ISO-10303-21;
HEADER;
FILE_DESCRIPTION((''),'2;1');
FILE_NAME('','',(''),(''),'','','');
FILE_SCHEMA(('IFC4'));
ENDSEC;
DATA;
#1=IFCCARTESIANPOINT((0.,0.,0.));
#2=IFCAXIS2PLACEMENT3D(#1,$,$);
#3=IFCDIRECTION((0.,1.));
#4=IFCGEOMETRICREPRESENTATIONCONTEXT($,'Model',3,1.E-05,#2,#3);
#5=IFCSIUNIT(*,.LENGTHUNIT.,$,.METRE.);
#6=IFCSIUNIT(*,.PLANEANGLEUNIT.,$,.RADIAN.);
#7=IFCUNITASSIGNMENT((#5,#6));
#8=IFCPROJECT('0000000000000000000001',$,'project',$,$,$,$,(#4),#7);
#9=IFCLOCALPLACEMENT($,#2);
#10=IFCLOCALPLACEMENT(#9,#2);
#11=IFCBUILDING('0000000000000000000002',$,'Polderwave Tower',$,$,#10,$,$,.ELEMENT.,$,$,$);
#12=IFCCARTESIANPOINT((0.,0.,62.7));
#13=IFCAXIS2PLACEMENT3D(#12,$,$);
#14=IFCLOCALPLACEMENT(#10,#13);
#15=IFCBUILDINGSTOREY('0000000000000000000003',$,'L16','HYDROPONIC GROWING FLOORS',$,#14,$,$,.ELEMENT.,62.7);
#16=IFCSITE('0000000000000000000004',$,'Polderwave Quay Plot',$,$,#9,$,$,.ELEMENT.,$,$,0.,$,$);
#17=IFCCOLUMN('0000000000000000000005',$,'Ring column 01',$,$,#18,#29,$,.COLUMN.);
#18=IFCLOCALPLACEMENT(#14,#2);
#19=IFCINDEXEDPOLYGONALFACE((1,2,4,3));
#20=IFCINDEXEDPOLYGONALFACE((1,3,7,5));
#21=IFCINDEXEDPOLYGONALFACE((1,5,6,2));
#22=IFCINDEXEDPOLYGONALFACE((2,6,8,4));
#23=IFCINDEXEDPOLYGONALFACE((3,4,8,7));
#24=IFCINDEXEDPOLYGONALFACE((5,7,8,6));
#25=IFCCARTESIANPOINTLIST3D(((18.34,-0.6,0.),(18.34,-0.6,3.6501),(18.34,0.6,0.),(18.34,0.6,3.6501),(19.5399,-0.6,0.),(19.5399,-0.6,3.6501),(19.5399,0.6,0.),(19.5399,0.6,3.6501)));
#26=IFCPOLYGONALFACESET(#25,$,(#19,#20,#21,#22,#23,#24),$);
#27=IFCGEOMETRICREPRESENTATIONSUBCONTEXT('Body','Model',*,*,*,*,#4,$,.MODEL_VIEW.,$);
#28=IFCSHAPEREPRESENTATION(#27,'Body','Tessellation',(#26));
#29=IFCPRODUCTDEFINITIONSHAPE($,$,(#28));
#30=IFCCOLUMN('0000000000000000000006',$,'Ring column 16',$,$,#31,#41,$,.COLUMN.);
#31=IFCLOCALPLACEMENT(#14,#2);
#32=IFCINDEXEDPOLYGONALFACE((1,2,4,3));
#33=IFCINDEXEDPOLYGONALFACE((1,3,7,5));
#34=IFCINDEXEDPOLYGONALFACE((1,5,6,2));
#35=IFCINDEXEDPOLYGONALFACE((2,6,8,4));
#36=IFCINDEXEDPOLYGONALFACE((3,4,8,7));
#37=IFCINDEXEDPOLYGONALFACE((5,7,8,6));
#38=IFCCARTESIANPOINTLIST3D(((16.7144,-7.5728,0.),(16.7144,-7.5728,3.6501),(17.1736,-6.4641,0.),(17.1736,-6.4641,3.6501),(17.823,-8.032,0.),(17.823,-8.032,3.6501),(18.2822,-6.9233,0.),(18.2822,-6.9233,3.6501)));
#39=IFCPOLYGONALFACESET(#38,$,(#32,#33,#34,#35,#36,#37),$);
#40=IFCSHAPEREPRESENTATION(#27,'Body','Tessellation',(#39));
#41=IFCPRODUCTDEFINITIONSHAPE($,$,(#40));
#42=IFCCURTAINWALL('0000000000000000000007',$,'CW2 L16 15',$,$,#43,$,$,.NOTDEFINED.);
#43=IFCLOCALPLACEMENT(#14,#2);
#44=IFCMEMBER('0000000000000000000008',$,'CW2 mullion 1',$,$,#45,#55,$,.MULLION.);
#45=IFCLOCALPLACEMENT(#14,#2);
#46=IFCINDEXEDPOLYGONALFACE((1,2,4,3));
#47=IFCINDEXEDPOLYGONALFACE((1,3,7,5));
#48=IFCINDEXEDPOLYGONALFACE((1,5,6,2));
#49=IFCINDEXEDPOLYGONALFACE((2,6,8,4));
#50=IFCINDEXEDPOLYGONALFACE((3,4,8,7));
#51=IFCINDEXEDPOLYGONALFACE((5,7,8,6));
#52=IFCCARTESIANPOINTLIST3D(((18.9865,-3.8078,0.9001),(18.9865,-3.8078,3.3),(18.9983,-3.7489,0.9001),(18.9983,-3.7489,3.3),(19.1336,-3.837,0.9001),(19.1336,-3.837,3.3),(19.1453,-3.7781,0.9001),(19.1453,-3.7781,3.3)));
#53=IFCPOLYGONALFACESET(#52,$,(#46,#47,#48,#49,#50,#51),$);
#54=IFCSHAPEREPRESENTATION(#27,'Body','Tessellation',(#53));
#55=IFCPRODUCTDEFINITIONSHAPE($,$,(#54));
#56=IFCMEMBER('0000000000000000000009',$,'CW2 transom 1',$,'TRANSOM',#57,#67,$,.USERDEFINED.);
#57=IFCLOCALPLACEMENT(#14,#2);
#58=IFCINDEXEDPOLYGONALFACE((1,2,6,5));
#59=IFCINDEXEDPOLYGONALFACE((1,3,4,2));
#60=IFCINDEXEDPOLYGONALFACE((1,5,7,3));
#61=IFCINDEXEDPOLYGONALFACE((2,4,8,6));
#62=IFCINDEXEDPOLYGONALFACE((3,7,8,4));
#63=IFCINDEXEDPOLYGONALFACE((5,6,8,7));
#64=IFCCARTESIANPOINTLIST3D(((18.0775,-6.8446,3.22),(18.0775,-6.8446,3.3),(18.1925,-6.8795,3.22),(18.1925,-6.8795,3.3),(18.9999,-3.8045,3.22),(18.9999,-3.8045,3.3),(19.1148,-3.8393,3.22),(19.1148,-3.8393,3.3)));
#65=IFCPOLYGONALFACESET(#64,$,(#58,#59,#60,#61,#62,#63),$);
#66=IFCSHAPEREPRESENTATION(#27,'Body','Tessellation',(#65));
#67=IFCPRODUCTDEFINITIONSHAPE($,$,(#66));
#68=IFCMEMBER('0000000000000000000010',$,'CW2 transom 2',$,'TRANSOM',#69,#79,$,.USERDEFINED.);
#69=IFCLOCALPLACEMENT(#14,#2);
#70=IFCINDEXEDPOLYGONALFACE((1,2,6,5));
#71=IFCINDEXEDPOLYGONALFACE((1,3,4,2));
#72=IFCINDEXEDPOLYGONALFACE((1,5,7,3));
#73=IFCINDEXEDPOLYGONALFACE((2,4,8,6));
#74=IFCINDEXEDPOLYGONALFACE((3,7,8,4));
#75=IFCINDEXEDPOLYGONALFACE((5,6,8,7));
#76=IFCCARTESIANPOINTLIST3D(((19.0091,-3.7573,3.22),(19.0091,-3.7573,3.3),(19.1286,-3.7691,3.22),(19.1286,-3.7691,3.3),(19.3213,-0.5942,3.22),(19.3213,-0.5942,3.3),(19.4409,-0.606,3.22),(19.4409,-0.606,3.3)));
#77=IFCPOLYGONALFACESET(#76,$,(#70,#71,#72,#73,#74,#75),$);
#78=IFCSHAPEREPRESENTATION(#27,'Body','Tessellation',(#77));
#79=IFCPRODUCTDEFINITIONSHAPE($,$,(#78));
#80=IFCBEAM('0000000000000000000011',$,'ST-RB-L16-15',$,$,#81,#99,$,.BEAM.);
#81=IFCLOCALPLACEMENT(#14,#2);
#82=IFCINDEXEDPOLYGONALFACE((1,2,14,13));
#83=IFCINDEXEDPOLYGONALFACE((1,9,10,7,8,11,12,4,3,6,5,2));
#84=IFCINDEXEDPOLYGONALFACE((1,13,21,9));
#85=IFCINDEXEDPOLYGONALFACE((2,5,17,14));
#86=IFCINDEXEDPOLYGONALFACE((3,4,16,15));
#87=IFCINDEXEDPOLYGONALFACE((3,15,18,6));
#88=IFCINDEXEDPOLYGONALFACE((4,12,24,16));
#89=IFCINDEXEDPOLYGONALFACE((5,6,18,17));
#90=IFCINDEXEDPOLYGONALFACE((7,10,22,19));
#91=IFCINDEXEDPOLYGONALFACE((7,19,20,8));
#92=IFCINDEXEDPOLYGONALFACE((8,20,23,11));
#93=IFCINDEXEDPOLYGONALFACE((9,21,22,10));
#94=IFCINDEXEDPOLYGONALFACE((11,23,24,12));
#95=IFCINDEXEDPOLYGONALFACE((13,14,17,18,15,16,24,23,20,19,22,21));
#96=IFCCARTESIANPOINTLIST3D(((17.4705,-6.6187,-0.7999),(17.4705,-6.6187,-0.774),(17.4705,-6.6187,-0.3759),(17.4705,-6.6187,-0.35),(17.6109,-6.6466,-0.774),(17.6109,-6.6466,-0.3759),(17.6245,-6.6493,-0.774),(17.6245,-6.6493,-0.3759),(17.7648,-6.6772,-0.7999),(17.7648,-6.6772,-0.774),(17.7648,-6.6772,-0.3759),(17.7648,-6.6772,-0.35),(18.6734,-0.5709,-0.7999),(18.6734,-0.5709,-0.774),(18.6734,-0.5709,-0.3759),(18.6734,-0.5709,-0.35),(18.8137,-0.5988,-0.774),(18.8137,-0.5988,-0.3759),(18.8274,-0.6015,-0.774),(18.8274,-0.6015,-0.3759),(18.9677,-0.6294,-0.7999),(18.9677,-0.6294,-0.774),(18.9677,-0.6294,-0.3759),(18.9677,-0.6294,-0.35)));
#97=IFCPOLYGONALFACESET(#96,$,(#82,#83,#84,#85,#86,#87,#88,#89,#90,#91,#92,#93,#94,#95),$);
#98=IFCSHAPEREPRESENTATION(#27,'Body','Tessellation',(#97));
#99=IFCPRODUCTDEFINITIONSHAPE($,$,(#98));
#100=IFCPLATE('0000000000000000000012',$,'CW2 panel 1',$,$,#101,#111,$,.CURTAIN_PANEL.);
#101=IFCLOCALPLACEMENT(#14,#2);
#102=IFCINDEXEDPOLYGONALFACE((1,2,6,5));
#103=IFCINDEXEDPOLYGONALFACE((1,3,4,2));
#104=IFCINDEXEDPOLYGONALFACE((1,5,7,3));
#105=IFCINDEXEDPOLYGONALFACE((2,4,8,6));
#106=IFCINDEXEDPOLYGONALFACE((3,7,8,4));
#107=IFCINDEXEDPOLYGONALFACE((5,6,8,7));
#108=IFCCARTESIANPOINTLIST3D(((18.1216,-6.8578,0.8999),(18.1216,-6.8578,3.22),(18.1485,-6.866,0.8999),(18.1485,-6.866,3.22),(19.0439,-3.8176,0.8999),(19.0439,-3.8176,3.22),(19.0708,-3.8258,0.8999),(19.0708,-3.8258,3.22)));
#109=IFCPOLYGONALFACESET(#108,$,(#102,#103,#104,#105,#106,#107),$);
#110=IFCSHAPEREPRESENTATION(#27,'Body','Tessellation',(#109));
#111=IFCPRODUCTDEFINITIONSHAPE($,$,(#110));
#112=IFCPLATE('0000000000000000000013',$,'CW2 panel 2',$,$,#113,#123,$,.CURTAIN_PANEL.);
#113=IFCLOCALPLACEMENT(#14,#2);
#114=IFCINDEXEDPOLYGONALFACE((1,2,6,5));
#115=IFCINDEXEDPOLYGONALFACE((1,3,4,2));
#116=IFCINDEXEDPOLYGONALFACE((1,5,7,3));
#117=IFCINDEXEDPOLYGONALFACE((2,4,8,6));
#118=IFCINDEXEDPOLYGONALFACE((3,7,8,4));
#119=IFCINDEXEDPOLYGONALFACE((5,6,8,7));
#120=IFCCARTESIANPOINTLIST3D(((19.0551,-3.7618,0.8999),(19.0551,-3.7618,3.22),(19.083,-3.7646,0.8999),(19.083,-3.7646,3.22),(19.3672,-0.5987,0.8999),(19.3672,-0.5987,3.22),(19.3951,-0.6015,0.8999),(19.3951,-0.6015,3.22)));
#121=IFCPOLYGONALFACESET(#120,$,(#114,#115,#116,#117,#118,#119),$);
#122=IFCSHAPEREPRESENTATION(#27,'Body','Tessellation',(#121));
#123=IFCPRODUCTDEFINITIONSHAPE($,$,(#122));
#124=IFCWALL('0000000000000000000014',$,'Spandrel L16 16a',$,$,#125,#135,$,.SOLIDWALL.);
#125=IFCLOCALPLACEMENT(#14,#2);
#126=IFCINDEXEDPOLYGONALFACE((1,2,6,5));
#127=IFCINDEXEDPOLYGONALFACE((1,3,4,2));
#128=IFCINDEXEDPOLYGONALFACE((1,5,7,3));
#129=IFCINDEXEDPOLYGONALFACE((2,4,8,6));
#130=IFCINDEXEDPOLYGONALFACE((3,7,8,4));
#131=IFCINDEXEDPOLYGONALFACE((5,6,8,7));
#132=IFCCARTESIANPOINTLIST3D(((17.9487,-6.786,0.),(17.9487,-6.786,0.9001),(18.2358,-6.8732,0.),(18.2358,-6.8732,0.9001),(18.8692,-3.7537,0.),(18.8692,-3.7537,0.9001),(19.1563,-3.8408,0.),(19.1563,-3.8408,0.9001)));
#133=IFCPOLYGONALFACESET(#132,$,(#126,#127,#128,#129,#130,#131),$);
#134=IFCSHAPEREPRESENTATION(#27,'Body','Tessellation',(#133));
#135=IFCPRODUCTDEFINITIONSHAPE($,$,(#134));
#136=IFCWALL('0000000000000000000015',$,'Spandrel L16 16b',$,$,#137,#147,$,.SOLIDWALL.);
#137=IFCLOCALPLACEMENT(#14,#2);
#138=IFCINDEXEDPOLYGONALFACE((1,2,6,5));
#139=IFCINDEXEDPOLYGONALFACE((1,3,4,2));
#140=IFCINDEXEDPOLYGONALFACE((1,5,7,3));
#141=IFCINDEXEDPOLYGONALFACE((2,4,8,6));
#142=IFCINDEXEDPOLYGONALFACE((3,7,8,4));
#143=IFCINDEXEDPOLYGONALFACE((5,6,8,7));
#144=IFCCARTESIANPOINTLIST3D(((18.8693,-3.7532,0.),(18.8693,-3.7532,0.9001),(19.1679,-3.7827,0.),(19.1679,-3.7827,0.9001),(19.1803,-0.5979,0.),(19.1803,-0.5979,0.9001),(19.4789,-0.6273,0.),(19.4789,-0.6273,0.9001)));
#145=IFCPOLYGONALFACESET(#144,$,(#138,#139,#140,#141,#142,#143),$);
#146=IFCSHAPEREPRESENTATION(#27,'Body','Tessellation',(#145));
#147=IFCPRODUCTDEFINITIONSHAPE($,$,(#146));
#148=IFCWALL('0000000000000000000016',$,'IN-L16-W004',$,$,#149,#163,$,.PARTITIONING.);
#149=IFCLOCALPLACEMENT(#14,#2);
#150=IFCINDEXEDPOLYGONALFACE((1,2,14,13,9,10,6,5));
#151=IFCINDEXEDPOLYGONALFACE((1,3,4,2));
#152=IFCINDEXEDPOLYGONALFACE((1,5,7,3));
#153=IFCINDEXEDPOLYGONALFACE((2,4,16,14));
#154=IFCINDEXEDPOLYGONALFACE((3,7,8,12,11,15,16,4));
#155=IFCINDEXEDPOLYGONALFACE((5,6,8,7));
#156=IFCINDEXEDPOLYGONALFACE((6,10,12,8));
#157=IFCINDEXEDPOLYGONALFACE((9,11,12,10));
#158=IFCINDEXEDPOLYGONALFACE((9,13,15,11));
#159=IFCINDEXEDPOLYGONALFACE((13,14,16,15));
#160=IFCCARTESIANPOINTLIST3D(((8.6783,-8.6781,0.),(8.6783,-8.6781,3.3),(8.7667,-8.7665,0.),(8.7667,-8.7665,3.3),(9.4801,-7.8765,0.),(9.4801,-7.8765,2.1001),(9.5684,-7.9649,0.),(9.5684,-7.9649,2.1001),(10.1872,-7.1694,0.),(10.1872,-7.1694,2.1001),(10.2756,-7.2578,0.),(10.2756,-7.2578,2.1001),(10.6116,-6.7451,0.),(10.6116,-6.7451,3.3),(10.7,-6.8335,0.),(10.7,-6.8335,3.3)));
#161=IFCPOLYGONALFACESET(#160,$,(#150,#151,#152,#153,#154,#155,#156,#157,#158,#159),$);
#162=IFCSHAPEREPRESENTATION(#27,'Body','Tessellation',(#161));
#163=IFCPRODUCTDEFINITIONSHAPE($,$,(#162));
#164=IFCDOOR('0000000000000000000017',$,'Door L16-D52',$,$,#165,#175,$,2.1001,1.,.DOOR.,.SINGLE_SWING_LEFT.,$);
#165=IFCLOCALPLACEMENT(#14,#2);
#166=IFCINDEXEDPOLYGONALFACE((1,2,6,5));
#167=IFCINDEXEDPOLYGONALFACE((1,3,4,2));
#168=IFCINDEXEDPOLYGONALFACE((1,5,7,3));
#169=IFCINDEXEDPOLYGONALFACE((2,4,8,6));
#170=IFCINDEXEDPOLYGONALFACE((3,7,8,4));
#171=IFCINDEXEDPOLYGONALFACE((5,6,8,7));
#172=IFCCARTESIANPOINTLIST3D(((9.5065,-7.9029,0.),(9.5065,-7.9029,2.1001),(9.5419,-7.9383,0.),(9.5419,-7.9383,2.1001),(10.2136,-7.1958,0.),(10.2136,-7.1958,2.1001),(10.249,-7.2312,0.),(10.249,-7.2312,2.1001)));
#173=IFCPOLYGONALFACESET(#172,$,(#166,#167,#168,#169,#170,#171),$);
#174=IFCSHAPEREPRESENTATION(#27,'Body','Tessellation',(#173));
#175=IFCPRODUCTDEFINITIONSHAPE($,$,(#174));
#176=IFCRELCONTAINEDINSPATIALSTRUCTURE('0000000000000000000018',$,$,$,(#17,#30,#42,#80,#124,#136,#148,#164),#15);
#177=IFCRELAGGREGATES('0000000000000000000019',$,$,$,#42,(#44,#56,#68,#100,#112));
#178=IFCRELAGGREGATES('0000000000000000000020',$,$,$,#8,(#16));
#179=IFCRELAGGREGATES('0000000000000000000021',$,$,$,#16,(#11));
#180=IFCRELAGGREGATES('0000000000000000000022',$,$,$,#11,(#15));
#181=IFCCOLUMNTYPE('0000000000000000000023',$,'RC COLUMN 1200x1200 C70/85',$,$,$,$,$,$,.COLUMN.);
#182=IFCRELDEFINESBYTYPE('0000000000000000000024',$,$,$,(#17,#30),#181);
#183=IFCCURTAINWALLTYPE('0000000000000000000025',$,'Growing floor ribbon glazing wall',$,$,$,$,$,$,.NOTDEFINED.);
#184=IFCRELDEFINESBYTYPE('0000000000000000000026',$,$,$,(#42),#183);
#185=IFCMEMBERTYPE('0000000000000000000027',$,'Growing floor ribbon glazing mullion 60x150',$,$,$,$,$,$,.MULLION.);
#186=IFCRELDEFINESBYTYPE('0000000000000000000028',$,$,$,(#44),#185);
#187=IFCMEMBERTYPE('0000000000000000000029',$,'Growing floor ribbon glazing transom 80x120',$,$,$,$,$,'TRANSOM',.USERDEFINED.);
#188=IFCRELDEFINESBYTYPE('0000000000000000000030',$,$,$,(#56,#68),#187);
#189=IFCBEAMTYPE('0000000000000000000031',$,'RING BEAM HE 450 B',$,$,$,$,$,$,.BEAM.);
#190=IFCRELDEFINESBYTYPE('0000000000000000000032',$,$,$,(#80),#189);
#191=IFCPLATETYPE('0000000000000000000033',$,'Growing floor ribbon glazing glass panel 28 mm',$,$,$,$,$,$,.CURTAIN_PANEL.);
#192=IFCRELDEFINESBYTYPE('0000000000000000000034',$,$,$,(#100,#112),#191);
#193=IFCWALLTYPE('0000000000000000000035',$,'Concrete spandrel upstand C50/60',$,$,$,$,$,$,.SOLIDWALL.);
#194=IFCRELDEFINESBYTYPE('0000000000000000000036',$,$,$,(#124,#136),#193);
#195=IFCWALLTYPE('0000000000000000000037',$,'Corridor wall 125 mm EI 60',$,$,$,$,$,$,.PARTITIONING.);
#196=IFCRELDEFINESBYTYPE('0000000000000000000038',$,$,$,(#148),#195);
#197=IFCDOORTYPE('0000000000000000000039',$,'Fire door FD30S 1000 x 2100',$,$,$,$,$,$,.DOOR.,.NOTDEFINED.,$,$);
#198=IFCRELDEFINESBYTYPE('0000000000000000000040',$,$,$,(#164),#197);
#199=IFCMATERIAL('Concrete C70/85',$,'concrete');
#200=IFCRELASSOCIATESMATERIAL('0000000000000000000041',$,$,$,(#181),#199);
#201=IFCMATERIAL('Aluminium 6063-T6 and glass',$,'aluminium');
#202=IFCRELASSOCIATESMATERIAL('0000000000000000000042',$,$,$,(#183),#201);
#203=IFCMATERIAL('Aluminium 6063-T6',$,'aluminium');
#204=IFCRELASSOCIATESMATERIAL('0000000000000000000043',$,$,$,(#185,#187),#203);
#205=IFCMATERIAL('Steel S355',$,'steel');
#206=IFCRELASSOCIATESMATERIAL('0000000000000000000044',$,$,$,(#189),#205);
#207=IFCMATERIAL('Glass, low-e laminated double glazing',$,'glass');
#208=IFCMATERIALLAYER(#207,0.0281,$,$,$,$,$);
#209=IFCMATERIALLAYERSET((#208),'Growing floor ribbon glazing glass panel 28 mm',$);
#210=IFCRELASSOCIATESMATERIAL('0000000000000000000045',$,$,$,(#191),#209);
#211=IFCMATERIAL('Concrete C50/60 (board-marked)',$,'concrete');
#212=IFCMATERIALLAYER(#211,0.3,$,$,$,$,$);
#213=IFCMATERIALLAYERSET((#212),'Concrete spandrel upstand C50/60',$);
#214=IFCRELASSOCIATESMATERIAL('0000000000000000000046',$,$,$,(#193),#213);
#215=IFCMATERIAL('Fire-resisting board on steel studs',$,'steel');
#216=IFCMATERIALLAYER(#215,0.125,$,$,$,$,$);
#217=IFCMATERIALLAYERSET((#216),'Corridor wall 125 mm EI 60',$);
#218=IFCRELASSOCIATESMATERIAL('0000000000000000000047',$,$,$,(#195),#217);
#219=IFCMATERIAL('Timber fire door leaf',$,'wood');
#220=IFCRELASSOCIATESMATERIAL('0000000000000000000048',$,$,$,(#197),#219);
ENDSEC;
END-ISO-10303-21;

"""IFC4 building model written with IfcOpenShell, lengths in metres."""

from ifc_helpers import new_model, si_unit, direction, frame, frame_2d, origin, origin_2d, place, context, subcontext, project, spatial, rectangle, i_section, extrude, material, layer, layer_set, material_profile, profile_set, type_object, element, fill, aggregate, save


model = new_model("IFC4")

# Units and contexts
model_context = context("Model", 3, precision=1e-05, world=origin(), true_north=direction((0.0, 1.0)))
body_context = subcontext(model_context, "Body", "Model", "MODEL_VIEW")
ifc_project = project(units=[si_unit("LENGTHUNIT", "METRE"), si_unit("PLANEANGLEUNIT", "RADIAN")], contexts=[model_context])

# Site, building, storey
site_placement = place(None, origin())
site = spatial("IfcSite", under=ifc_project, at=site_placement, Name="Polderwave Quay Plot", CompositionType="ELEMENT", RefElevation=0.0)
building_placement = place(site_placement, origin())
building = spatial("IfcBuilding", under=site, at=building_placement, Name="Polderwave Tower", CompositionType="ELEMENT")
storey_placement = place(building_placement, frame((0.0, 0.0, 62.7)))
storey = spatial("IfcBuildingStorey", under=building, at=storey_placement, Name="L16", Description="HYDROPONIC GROWING FLOORS", CompositionType="ELEMENT", Elevation=62.7)

# Columns
ifc_material_1 = material(Name="Concrete C70/85", Category="concrete")
ifc_material_profile_1 = material_profile(ifc_material_1, rectangle(XDim=1.2, YDim=1.2, at=origin_2d()), Name="RC 1200x1200")
ifc_profile_set_1 = profile_set([ifc_material_profile_1], Name="Concrete C70/85")
column_type = type_object("IfcColumnType", Name="RC COLUMN 1200x1200 C70/85", PredefinedType="COLUMN", material=ifc_profile_set_1)
for number, where, z_axis, x_axis, name in (
    (1, (18.9399, 0.0, 0.0), (0.0, 0.0, 1.0), (1.0, 0.0, 0.0), "Ring column 01"),
    (2, (17.4983, -7.248, 0.0), (0.0, 0.0, 1.0), (0.92388, -0.382683, 0.0), "Ring column 16"),
):
    element("IfcColumn", number, at=place(storey_placement, frame(where, z_axis=z_axis, x_axis=x_axis)), inside=storey, type_object=column_type, Name=name, PredefinedType="COLUMN", context=body_context, shape_type="SweptSolid", body=[
        extrude(rectangle(XDim=1.2, YDim=1.2, at=origin_2d()), origin(), (0.0, 0.0, 1.0), 3.6501),
    ])

# Curtain wall, members
ifc_material_2 = material(Name="Aluminium 6063-T6 and glass", Category="aluminium")
curtain_wall_type = type_object("IfcCurtainWallType", Name="Growing floor ribbon glazing wall", PredefinedType="NOTDEFINED", material=ifc_material_2)
curtain_wall_placement = place(storey_placement, origin())
curtain_wall = element("IfcCurtainWall", 3, at=curtain_wall_placement, inside=storey, type_object=curtain_wall_type, Name="CW2 L16 15", PredefinedType="NOTDEFINED")
ifc_material_3 = material(Name="Aluminium 6063-T6", Category="aluminium")
ifc_material_profile_2 = material_profile(ifc_material_3, rectangle(XDim=0.1499, YDim=0.0601, at=origin_2d()), Name="AL 60x150")
ifc_profile_set_2 = profile_set([ifc_material_profile_2], Name="Aluminium 6063-T6")
member_type_1 = type_object("IfcMemberType", Name="Growing floor ribbon glazing mullion 60x150", PredefinedType="MULLION", material=ifc_profile_set_2)
member_1_placement = place(storey_placement, frame((19.0659, -3.793, 0.9001), z_axis=(0.0, 0.0, 1.0), x_axis=(-0.980769, 0.195172, 0.0)))
member_1 = element("IfcMember", 4, at=member_1_placement, type_object=member_type_1, Name="CW2 mullion 1", PredefinedType="MULLION", context=body_context, shape_type="SweptSolid", body=[
    extrude(rectangle(XDim=0.1499, YDim=0.0601, at=origin_2d()), origin(), (0.0, 0.0, 1.0), 2.3999),
])
ifc_material_profile_3 = material_profile(ifc_material_3, rectangle(XDim=0.1201, YDim=0.0801, at=origin_2d()), Name="AL 80x120")
ifc_profile_set_3 = profile_set([ifc_material_profile_3], Name="Aluminium 6063-T6")
member_type_2 = type_object("IfcMemberType", Name="Growing floor ribbon glazing transom 80x120", ElementType="TRANSOM", PredefinedType="USERDEFINED", material=ifc_profile_set_3)
member_2_placement = place(storey_placement, frame((18.135, -6.8621, 3.26), z_axis=(0.290314, 0.956931, 0.0), x_axis=(-0.956931, 0.290314, 0.0)))
member_2 = element("IfcMember", 5, at=member_2_placement, type_object=member_type_2, Name="CW2 transom 1", ObjectType="TRANSOM", PredefinedType="USERDEFINED", context=body_context, shape_type="SweptSolid", body=[
    extrude(rectangle(XDim=0.1201, YDim=0.0801, at=origin_2d()), origin(), (0.0, 0.0, 1.0), 3.177),
])
member_3_placement = place(storey_placement, frame((19.0688, -3.7632, 3.26), z_axis=(0.098241, 0.995163, 0.0), x_axis=(-0.995163, 0.098241, 0.0)))
member_3 = element("IfcMember", 6, at=member_3_placement, type_object=member_type_2, Name="CW2 transom 2", ObjectType="TRANSOM", PredefinedType="USERDEFINED", context=body_context, shape_type="SweptSolid", body=[
    extrude(rectangle(XDim=0.1201, YDim=0.0801, at=origin_2d()), origin(), (0.0, 0.0, 1.0), 3.1785),
])

# Beam
ifc_material_4 = material(Name="Steel S355", Category="steel")
ifc_material_profile_4 = material_profile(ifc_material_4, i_section(OverallWidth=0.3, OverallDepth=0.45, WebThickness=0.0139, FlangeThickness=0.0259, at=origin_2d()), Name="HE 450 B")
ifc_profile_set_4 = profile_set([ifc_material_profile_4], Name="Steel S355")
beam_type = type_object("IfcBeamType", Name="RING BEAM HE 450 B", PredefinedType="BEAM", material=ifc_profile_set_4)
beam_placement = place(storey_placement, frame((17.6177, -6.6479, -0.575), z_axis=(0.195073, 0.980789, 0.0), x_axis=(-0.980789, 0.195073, 0.0)))
element("IfcBeam", 7, at=beam_placement, inside=storey, type_object=beam_type, Name="ST-RB-L16-15", PredefinedType="BEAM", context=body_context, shape_type="SweptSolid", body=[
    extrude(i_section(OverallWidth=0.3, OverallDepth=0.45, WebThickness=0.0139, FlangeThickness=0.0259, at=origin_2d()), origin(), (0.0, 0.0, 1.0), 6.1663),
])

# Plates
ifc_material_5 = material(Name="Glass, low-e laminated double glazing", Category="glass")
ifc_layer_1 = layer(ifc_material_5, 0.0281)
ifc_layer_set_1 = layer_set([ifc_layer_1], Name="Growing floor ribbon glazing glass panel 28 mm")
plate_type = type_object("IfcPlateType", Name="Growing floor ribbon glazing glass panel 28 mm", PredefinedType="CURTAIN_PANEL", material=ifc_layer_set_1)
plate_1_placement = place(storey_placement, frame((18.5962, -5.3418, 0.8999), z_axis=(0.0, 0.0, 1.0), x_axis=(0.290293, 0.956938, 0.0)))
plate_1 = element("IfcPlate", 8, at=plate_1_placement, type_object=plate_type, Name="CW2 panel 1", PredefinedType="CURTAIN_PANEL", context=body_context, shape_type="SweptSolid", body=[
    extrude(rectangle(XDim=3.177, YDim=0.0281, at=origin_2d()), origin(), (0.0, 0.0, 1.0), 2.3201),
])
plate_2_placement = place(storey_placement, frame((19.2251, -2.1816, 0.8999), z_axis=(0.0, 0.0, 1.0), x_axis=(0.098177, 0.995169, 0.0)))
plate_2 = element("IfcPlate", 9, at=plate_2_placement, type_object=plate_type, Name="CW2 panel 2", PredefinedType="CURTAIN_PANEL", context=body_context, shape_type="SweptSolid", body=[
    extrude(rectangle(XDim=3.1785, YDim=0.0281, at=origin_2d()), origin(), (0.0, 0.0, 1.0), 2.3201),
])
aggregate(curtain_wall, [member_1, member_2, member_3, plate_1, plate_2])

# Walls
ifc_material_6 = material(Name="Concrete C50/60 (board-marked)", Category="concrete")
ifc_layer_2 = layer(ifc_material_6, 0.3)
ifc_layer_set_2 = layer_set([ifc_layer_2], Name="Concrete spandrel upstand C50/60")
wall_type_1 = type_object("IfcWallType", Name="Concrete spandrel upstand C50/60", PredefinedType="SOLIDWALL", material=ifc_layer_set_2)
wall_1_placement = place(storey_placement, frame((18.0923, -6.8296, 0.0), z_axis=(0.0, 0.0, 1.0), x_axis=(0.290456, 0.956888, 0.0)))
element("IfcWall", 10, at=wall_1_placement, inside=storey, type_object=wall_type_1, Name="Spandrel L16 16a", PredefinedType="SOLIDWALL", context=body_context, shape_type="SweptSolid", body=[
    extrude(rectangle(XDim=3.1689, YDim=0.3, at=frame_2d((1.5845, 0.0))), origin(), (0.0, 0.0, 1.0), 0.9001),
])
wall_2_placement = place(storey_placement, frame((19.0186, -3.7681, 0.0), z_axis=(0.0, 0.0, 1.0), x_axis=(0.098101, 0.995176, 0.0)))
element("IfcWall", 11, at=wall_2_placement, inside=storey, type_object=wall_type_1, Name="Spandrel L16 16b", PredefinedType="SOLIDWALL", context=body_context, shape_type="SweptSolid", body=[
    extrude(rectangle(XDim=3.1707, YDim=0.3, at=frame_2d((1.5854, 0.0))), origin(), (0.0, 0.0, 1.0), 0.9001),
])

# Wall, opening, door
ifc_material_7 = material(Name="Fire-resisting board on steel studs", Category="steel")
ifc_layer_3 = layer(ifc_material_7, 0.125)
ifc_layer_set_3 = layer_set([ifc_layer_3], Name="Corridor wall 125 mm EI 60")
wall_type_2 = type_object("IfcWallType", Name="Corridor wall 125 mm EI 60", PredefinedType="PARTITIONING", material=ifc_layer_set_3)
wall_3_placement = place(storey_placement, frame((10.6558, -6.7893, 0.0), z_axis=(0.0, 0.0, 1.0), x_axis=(-0.707151, -0.707062, 0.0)))
wall_3 = element("IfcWall", 12, at=wall_3_placement, inside=storey, type_object=wall_type_2, Name="IN-L16-W004", PredefinedType="PARTITIONING", context=body_context, shape_type="SweptSolid", body=[
    extrude(rectangle(XDim=2.7339, YDim=0.125, at=frame_2d((1.3669, 0.0))), origin(), (0.0, 0.0, 1.0), 3.3),
])
opening_1_placement = place(wall_3_placement, frame((0.6001, 0.0, 0.0)))
opening_1 = element("IfcOpeningElement", 13, at=opening_1_placement, cuts=wall_3, PredefinedType="OPENING", context=body_context, shape_type="SweptSolid", body=[
    extrude(rectangle(XDim=1.0, YDim=2.1001, at=frame_2d((0.5, 1.05))), frame((0.0, 0.0725, 0.0), z_axis=(0.0, -1.0, 0.0), x_axis=(1.0, 0.0, 0.0)), (0.0, 0.0, 1.0), 0.145),
])
ifc_material_8 = material(Name="Timber fire door leaf", Category="wood")
door_type = type_object("IfcDoorType", Name="Fire door FD30S 1000 x 2100", OperationType="NOTDEFINED", PredefinedType="DOOR", material=ifc_material_8)
door_1_placement = place(opening_1_placement, origin())
door_1 = element("IfcDoor", 14, at=door_1_placement, inside=storey, type_object=door_type, Name="Door L16-D52", OperationType="SINGLE_SWING_LEFT", OverallHeight=2.1001, OverallWidth=1.0, PredefinedType="DOOR", context=body_context, shape_type="SweptSolid", body=[
    extrude(rectangle(XDim=1.0, YDim=2.1001, at=frame_2d((0.5, 1.05))), frame((0.0, 0.0249, 0.0), z_axis=(0.0, -1.0, 0.0), x_axis=(1.0, 0.0, 0.0)), (0.0, 0.0, 1.0), 0.05),
])
fill(opening_1, door_1)

save(model, "model.ifc")
